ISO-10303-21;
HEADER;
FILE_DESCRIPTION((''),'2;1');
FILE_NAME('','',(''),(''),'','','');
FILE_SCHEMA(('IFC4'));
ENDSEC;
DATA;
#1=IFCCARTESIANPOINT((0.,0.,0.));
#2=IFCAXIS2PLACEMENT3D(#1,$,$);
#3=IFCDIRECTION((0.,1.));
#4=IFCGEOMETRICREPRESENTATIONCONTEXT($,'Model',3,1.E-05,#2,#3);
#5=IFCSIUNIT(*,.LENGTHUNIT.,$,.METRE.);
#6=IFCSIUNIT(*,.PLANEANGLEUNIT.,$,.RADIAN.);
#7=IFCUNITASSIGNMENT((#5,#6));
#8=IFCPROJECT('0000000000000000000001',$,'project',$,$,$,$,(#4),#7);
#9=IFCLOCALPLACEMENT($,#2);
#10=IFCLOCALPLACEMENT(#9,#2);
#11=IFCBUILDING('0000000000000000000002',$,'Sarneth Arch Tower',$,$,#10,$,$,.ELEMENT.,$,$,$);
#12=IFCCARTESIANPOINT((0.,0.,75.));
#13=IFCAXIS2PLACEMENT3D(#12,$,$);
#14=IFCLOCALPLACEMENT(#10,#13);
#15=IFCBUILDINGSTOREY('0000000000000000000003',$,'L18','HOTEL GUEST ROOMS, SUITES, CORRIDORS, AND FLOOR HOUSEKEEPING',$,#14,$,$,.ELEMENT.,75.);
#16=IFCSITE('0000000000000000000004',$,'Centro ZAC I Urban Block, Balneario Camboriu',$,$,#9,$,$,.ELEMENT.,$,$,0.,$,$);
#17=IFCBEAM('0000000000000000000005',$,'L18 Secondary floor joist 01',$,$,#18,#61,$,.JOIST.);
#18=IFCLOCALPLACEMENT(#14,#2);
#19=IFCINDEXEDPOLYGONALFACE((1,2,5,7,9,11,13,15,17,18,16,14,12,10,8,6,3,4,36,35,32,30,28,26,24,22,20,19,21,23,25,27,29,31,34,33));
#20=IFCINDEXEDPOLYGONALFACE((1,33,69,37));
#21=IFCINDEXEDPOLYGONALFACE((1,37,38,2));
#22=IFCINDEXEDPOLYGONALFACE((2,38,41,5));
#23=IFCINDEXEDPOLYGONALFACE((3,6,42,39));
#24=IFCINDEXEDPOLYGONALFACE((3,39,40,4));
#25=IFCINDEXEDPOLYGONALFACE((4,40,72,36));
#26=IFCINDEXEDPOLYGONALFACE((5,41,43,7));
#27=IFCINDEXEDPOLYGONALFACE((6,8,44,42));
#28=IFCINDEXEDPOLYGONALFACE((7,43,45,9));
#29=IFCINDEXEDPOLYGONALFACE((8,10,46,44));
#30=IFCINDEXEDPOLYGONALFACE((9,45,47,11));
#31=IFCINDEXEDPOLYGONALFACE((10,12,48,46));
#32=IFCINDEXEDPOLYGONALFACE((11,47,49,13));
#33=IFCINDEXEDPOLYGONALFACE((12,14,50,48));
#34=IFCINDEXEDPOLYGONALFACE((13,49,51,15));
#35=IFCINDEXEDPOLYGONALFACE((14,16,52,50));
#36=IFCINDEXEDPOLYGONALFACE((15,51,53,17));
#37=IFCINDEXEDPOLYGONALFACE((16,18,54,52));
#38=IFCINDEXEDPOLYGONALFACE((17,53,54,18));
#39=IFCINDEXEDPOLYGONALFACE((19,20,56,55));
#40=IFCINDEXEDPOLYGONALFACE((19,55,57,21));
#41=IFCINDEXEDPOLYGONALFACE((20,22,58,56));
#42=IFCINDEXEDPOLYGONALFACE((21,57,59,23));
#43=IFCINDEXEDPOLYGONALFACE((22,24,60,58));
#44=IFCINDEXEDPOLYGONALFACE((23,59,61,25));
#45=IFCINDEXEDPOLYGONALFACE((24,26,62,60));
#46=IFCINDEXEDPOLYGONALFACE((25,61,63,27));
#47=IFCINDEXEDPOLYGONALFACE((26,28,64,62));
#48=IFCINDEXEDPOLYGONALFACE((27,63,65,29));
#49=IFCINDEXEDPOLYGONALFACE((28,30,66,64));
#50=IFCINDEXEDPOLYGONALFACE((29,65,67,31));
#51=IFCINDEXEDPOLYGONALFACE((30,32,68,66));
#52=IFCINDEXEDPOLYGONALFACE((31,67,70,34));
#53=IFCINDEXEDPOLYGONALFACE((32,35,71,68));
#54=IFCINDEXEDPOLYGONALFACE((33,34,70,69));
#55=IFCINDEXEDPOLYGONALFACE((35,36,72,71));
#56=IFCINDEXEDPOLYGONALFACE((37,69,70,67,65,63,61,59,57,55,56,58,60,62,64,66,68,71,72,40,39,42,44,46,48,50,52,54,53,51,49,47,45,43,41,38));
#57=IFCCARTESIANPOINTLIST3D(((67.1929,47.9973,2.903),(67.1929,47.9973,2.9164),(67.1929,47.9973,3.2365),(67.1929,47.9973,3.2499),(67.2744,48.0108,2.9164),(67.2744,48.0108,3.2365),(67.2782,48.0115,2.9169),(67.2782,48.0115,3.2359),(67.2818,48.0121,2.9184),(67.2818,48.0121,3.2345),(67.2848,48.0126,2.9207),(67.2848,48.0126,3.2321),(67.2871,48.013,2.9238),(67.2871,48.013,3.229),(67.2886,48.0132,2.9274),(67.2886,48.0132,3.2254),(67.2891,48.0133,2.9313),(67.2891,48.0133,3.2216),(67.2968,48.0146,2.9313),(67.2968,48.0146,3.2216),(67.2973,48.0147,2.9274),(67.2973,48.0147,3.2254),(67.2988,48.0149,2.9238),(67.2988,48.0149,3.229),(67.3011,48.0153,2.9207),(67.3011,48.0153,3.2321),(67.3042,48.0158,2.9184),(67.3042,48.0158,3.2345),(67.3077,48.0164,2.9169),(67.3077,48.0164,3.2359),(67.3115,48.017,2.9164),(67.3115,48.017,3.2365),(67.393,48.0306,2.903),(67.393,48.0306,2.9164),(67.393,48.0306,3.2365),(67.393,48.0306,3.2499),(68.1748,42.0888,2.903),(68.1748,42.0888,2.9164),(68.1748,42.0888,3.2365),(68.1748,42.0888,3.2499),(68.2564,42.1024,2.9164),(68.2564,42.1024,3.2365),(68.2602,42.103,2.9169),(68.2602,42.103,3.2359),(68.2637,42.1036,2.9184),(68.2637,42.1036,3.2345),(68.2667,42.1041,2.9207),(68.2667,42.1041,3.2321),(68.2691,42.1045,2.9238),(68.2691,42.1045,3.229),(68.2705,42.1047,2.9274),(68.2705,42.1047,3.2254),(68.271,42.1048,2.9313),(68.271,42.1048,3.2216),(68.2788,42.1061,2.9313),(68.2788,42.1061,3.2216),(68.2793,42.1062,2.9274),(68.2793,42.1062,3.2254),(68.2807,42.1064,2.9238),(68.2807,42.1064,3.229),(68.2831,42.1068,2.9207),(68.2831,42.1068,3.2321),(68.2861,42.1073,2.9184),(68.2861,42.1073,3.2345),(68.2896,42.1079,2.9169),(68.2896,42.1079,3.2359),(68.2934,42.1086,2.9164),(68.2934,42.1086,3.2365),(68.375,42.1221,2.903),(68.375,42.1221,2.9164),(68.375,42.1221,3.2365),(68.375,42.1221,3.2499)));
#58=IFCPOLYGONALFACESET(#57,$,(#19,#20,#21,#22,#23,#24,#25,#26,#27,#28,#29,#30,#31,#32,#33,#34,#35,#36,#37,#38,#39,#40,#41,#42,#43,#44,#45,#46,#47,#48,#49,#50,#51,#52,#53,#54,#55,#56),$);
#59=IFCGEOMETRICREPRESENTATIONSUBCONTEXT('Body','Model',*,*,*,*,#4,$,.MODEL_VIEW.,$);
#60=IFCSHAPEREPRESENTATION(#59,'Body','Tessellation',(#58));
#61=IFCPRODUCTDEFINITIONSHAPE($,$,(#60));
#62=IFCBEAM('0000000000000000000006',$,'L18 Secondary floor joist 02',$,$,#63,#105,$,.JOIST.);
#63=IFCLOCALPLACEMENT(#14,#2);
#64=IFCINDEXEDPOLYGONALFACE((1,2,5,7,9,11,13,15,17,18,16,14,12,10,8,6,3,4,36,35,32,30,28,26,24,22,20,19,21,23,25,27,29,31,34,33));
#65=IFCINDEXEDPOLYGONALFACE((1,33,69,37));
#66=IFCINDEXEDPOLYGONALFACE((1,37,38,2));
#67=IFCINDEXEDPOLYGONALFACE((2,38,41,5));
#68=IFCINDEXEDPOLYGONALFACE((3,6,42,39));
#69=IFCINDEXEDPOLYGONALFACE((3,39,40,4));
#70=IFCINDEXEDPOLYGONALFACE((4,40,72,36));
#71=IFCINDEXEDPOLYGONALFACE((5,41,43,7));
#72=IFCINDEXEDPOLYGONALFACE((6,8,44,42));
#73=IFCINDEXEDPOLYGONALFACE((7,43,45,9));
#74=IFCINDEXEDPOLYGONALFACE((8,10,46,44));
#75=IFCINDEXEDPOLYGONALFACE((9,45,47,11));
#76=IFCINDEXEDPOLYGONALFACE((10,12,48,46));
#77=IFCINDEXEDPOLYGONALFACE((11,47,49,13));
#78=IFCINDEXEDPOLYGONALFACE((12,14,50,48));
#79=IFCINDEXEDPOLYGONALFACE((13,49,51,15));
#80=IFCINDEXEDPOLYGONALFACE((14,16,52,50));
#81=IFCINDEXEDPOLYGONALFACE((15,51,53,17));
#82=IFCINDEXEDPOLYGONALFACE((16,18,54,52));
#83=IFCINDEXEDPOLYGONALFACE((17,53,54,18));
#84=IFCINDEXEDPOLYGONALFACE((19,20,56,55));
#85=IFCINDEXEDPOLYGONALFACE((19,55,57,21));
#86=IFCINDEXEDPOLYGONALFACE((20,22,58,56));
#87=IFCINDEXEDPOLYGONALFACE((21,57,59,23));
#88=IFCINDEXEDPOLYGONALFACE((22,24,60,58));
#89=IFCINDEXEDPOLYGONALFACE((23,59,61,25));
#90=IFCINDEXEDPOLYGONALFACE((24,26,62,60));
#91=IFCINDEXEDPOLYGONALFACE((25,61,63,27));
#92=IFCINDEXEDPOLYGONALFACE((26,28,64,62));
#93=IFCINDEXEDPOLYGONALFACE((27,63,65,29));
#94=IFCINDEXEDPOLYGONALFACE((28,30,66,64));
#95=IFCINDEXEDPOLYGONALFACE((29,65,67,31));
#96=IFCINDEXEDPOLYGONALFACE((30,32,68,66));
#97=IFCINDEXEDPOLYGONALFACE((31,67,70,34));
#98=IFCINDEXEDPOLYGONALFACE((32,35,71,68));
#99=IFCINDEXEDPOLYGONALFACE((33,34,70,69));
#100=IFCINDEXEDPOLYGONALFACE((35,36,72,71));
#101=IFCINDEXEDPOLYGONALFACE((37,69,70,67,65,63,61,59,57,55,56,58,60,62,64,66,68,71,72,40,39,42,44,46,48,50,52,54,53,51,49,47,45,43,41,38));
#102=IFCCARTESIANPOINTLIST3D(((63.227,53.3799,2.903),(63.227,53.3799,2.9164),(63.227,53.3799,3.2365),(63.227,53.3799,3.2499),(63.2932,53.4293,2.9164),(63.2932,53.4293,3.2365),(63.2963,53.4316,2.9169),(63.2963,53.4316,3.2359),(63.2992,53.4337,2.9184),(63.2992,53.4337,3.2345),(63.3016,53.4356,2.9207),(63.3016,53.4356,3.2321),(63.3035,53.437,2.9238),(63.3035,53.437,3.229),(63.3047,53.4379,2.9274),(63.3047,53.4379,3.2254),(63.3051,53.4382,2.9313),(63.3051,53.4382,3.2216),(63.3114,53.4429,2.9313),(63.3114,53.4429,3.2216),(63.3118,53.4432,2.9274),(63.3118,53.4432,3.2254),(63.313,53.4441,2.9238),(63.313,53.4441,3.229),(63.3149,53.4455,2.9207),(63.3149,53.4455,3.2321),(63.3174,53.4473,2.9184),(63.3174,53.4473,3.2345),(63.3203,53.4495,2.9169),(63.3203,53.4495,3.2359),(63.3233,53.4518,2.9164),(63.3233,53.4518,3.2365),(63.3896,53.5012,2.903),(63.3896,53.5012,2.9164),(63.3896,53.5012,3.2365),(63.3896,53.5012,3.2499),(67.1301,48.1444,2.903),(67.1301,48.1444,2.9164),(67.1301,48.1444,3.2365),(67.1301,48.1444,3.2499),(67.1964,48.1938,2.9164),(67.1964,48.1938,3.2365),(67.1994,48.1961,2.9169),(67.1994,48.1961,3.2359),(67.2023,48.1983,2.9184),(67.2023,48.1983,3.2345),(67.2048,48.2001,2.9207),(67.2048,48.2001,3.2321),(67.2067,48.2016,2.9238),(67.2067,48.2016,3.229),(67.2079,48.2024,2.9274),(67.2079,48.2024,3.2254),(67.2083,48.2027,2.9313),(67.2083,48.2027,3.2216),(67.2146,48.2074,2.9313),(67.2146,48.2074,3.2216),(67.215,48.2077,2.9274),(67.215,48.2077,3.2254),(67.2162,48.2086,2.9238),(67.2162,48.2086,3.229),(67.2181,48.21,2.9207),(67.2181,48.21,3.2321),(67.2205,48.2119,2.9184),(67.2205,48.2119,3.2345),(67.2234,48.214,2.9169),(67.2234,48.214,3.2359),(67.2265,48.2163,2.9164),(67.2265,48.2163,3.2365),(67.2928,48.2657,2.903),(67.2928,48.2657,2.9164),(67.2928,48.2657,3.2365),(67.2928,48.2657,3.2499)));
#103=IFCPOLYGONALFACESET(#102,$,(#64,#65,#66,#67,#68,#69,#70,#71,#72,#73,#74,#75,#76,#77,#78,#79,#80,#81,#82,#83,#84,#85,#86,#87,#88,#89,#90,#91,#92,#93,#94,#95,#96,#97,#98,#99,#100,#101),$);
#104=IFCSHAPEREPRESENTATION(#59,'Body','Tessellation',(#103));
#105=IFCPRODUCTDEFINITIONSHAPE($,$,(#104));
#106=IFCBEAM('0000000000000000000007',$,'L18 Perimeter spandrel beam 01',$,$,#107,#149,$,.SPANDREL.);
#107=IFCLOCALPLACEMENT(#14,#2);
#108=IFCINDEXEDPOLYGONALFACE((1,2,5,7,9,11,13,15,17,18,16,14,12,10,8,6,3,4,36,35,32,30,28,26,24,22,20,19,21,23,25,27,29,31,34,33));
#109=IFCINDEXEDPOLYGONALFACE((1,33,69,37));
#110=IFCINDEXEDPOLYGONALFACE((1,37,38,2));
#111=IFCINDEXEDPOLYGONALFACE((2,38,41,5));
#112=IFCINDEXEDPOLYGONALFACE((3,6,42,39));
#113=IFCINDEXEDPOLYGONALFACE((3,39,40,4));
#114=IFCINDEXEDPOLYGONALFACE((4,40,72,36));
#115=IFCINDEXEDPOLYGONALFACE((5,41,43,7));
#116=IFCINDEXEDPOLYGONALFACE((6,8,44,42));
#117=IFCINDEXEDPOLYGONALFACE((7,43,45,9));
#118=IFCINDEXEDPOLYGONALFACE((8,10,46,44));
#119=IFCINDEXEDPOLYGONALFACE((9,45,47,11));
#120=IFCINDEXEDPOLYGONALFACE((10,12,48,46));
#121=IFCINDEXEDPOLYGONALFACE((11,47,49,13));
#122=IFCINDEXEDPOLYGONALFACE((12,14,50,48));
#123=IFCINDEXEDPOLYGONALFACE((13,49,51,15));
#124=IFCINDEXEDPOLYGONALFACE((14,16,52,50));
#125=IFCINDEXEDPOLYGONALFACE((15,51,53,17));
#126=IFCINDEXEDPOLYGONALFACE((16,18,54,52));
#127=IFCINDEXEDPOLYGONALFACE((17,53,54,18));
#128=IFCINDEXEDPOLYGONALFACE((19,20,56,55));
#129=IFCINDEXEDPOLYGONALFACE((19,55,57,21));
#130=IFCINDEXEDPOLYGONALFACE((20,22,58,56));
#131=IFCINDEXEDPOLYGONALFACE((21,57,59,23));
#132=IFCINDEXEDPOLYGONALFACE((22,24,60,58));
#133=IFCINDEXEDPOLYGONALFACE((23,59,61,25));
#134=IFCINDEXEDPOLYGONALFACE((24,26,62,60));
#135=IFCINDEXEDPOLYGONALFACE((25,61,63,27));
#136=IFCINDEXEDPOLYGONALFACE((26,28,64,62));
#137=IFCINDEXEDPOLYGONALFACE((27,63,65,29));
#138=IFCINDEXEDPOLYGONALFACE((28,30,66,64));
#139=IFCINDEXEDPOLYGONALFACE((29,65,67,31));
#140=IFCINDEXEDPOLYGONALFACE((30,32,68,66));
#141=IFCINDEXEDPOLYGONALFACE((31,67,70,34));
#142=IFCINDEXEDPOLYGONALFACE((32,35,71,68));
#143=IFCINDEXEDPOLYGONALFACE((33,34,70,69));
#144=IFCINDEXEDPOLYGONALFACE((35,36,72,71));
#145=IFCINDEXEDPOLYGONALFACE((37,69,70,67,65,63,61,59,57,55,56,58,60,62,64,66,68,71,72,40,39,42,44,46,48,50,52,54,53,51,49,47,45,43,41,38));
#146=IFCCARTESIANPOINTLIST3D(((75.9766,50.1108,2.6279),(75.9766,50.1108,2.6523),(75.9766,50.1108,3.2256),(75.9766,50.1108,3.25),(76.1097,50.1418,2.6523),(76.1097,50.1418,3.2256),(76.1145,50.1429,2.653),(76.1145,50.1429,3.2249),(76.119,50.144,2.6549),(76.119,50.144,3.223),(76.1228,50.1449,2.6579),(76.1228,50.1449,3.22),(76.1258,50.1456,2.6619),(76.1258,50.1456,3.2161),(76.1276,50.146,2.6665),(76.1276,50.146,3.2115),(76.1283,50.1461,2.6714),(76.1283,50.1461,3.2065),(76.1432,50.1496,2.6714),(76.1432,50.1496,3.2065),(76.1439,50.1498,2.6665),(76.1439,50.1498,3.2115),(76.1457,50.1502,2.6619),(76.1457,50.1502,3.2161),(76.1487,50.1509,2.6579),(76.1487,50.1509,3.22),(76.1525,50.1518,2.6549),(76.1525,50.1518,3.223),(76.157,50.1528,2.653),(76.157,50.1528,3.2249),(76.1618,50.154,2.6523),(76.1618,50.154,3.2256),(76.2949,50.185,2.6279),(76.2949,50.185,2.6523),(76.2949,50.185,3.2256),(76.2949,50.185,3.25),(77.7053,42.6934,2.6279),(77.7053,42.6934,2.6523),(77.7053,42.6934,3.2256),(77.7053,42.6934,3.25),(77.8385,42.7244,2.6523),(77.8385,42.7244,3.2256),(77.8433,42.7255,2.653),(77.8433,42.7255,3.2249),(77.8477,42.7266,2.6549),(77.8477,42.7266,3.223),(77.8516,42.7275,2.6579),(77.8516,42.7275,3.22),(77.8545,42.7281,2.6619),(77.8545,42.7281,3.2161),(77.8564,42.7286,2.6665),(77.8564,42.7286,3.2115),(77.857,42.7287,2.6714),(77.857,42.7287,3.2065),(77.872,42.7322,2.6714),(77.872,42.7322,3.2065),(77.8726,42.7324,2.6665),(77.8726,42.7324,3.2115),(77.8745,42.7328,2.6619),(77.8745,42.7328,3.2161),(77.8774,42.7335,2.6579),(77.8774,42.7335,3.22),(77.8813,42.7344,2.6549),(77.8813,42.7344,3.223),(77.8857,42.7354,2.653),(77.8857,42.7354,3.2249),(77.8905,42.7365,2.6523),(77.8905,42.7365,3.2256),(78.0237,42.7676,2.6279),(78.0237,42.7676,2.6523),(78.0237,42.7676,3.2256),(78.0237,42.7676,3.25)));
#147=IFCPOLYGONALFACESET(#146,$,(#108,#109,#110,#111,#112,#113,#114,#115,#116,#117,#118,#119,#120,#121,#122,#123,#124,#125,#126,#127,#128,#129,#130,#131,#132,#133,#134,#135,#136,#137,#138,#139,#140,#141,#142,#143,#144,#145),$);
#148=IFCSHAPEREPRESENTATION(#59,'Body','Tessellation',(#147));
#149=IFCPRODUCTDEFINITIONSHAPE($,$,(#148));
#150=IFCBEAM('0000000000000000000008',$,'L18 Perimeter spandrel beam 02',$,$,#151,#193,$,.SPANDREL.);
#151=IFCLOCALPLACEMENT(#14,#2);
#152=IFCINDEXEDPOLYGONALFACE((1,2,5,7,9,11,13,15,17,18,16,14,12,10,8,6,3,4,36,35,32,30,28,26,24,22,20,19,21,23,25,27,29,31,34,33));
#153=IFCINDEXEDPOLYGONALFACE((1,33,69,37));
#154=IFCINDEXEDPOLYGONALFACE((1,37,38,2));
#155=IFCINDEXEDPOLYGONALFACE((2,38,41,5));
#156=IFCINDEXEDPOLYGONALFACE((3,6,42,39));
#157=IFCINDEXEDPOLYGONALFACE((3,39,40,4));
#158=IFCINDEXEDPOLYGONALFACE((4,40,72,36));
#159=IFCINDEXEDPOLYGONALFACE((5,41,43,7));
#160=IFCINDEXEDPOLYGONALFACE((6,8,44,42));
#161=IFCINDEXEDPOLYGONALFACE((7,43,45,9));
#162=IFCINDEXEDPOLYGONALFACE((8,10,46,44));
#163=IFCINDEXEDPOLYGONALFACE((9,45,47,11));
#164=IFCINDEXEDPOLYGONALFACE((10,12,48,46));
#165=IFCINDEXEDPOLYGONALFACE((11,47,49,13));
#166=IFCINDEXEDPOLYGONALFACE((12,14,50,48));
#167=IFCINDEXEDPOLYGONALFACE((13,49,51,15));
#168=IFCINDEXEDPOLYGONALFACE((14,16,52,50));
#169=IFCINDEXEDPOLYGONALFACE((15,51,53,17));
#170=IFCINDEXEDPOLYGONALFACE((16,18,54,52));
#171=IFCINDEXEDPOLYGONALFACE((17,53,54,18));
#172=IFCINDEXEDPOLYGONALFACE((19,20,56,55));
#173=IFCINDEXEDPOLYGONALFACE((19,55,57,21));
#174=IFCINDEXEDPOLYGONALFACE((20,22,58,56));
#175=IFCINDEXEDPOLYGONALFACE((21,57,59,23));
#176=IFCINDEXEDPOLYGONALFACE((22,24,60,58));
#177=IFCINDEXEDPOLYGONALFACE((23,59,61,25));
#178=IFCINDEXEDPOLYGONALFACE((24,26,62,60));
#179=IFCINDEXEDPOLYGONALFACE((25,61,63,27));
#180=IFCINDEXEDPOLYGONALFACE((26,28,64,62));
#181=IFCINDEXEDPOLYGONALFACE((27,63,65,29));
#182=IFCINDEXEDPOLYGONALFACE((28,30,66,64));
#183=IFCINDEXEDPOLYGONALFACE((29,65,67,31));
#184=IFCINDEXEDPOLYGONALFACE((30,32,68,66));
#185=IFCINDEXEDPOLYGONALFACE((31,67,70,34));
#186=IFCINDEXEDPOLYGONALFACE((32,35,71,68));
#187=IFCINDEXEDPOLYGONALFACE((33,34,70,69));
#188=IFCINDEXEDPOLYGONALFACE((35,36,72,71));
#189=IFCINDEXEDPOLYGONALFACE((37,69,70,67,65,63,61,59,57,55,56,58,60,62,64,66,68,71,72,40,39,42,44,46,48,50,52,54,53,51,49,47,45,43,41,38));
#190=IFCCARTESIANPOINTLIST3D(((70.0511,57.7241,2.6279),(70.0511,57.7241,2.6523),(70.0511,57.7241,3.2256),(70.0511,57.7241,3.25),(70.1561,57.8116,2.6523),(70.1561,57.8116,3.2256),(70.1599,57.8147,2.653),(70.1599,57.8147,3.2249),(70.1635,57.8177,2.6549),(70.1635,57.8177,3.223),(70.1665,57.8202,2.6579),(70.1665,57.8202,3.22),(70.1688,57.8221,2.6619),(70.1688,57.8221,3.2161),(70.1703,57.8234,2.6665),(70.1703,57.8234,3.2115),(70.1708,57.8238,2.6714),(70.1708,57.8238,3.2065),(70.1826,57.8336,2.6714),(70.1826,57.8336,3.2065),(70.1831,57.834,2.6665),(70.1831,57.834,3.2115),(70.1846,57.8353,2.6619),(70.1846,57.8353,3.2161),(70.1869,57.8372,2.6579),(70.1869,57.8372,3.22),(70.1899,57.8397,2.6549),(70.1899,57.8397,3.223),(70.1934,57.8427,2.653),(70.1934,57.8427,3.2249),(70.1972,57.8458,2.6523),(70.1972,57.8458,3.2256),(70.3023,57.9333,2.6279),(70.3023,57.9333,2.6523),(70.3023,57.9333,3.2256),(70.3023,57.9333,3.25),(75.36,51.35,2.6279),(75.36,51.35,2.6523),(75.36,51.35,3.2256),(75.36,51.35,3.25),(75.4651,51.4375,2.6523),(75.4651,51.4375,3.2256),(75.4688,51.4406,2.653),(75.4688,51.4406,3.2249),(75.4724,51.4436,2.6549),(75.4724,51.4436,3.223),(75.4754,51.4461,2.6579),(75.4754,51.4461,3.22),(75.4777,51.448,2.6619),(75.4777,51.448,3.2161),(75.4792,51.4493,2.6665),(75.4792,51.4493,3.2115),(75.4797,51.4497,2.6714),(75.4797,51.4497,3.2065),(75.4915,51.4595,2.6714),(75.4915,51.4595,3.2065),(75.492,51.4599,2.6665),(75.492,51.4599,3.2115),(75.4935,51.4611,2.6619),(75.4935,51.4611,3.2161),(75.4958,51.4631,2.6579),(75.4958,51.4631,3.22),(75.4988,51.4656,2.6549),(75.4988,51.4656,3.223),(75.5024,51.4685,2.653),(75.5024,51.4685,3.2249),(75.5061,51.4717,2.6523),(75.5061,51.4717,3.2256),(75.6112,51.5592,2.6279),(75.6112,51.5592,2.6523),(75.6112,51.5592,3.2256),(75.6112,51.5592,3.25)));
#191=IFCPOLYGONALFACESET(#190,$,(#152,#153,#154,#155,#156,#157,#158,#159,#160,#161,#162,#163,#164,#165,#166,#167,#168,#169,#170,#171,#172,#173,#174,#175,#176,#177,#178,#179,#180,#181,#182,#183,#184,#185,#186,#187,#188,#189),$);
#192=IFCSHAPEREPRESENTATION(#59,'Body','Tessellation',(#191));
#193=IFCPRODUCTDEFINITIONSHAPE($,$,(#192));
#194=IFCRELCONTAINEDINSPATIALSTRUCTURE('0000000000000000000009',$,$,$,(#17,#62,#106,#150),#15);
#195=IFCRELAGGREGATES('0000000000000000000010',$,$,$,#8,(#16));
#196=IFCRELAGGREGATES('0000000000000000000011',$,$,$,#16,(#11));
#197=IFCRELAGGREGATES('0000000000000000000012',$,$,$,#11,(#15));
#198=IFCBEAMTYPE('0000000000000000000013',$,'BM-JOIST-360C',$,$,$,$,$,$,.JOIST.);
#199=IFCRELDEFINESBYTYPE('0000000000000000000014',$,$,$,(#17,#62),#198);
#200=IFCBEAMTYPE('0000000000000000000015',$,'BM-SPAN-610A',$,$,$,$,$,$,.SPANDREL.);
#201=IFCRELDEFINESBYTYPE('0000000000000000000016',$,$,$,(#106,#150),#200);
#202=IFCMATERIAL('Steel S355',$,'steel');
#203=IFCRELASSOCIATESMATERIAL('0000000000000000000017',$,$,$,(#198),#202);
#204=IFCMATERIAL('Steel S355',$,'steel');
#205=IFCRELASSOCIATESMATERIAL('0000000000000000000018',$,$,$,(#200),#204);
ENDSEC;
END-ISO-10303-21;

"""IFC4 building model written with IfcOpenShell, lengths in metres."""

from ifc_helpers import new_model, si_unit, direction, frame, origin, origin_2d, place, context, subcontext, project, spatial, i_section, extrude, material, material_profile, profile_set, type_object, element, save


model = new_model("IFC4")

# Units and contexts
model_context = context("Model", 3, precision=1e-05, world=origin(), true_north=direction((0.0, 1.0)))
body_context = subcontext(model_context, "Body", "Model", "MODEL_VIEW")
ifc_project = project(units=[si_unit("LENGTHUNIT", "METRE"), si_unit("PLANEANGLEUNIT", "RADIAN")], contexts=[model_context])

# Site, building, storey
site_placement = place(None, origin())
site = spatial("IfcSite", under=ifc_project, at=site_placement, Name="Centro ZAC I Urban Block, Balneario Camboriu", CompositionType="ELEMENT", RefElevation=0.0)
building_placement = place(site_placement, origin())
building = spatial("IfcBuilding", under=site, at=building_placement, Name="Sarneth Arch Tower", CompositionType="ELEMENT")
storey_placement = place(building_placement, frame((0.0, 0.0, 75.0)))
storey = spatial("IfcBuildingStorey", under=building, at=storey_placement, Name="L18", Description="HOTEL GUEST ROOMS, SUITES, CORRIDORS, AND FLOOR HOUSEKEEPING", CompositionType="ELEMENT", Elevation=75.0)

# Beams
ifc_material_1 = material(Name="Steel S355", Category="steel")
ifc_material_profile_1 = material_profile(ifc_material_1, i_section(OverallWidth=0.2029, OverallDepth=0.3469, WebThickness=0.0078, FlangeThickness=0.0134, FilletRadius=0.0149, at=origin_2d()), Name="W360x64")
ifc_profile_set_1 = profile_set([ifc_material_profile_1], Name="Steel S355")
beam_type_1 = type_object("IfcBeamType", Name="BM-JOIST-360C", PredefinedType="JOIST", material=ifc_profile_set_1)
beam_1_placement = place(storey_placement, frame((68.2749, 42.1055, 3.0764), z_axis=(-0.163943, 0.98647, 0.0), x_axis=(-0.98647, -0.163943, 0.0)))
element("IfcBeam", 1, at=beam_1_placement, inside=storey, type_object=beam_type_1, Name="L18 Secondary floor joist 01", PredefinedType="JOIST", context=body_context, shape_type="SweptSolid", body=[
    extrude(i_section(OverallWidth=0.2029, OverallDepth=0.3469, WebThickness=0.0078, FlangeThickness=0.0134, FilletRadius=0.0149, at=origin_2d()), origin(), (0.0, 0.0, 1.0), 5.9895),
])
beam_2_placement = place(storey_placement, frame((67.2114, 48.2051, 3.0764), z_axis=(-0.5977, 0.801719, 0.0), x_axis=(-0.801719, -0.5977, 0.0)))
element("IfcBeam", 2, at=beam_2_placement, inside=storey, type_object=beam_type_1, Name="L18 Secondary floor joist 02", PredefinedType="JOIST", context=body_context, shape_type="SweptSolid", body=[
    extrude(i_section(OverallWidth=0.2029, OverallDepth=0.3469, WebThickness=0.0078, FlangeThickness=0.0134, FilletRadius=0.0149, at=origin_2d()), origin(), (0.0, 0.0, 1.0), 6.5303),
])
ifc_material_2 = material(Name="Steel S355", Category="steel")
ifc_material_profile_2 = material_profile(ifc_material_2, i_section(OverallWidth=0.3269, OverallDepth=0.6221, WebThickness=0.0154, FlangeThickness=0.0244, FilletRadius=0.019, at=origin_2d()), Name="W610x195")
ifc_profile_set_2 = profile_set([ifc_material_profile_2], Name="Steel S355")
beam_type_2 = type_object("IfcBeamType", Name="BM-SPAN-610A", PredefinedType="SPANDREL", material=ifc_profile_set_2)
beam_3_placement = place(storey_placement, frame((77.8645, 42.7305, 2.939), z_axis=(-0.226982, 0.973899, 0.0), x_axis=(-0.973899, -0.226982, 0.0)))
element("IfcBeam", 3, at=beam_3_placement, inside=storey, type_object=beam_type_2, Name="L18 Perimeter spandrel beam 01", PredefinedType="SPANDREL", context=body_context, shape_type="SweptSolid", body=[
    extrude(i_section(OverallWidth=0.3269, OverallDepth=0.6221, WebThickness=0.0154, FlangeThickness=0.0244, FilletRadius=0.019, at=origin_2d()), origin(), (0.0, 0.0, 1.0), 7.6162),
])
beam_4_placement = place(storey_placement, frame((75.4856, 51.4546, 2.939), z_axis=(-0.639982, 0.76839, 0.0), x_axis=(-0.76839, -0.639982, 0.0)))
element("IfcBeam", 4, at=beam_4_placement, inside=storey, type_object=beam_type_2, Name="L18 Perimeter spandrel beam 02", PredefinedType="SPANDREL", context=body_context, shape_type="SweptSolid", body=[
    extrude(i_section(OverallWidth=0.3269, OverallDepth=0.6221, WebThickness=0.0154, FlangeThickness=0.0244, FilletRadius=0.019, at=origin_2d()), origin(), (0.0, 0.0, 1.0), 8.2954),
])

save(model, "model.ifc")
